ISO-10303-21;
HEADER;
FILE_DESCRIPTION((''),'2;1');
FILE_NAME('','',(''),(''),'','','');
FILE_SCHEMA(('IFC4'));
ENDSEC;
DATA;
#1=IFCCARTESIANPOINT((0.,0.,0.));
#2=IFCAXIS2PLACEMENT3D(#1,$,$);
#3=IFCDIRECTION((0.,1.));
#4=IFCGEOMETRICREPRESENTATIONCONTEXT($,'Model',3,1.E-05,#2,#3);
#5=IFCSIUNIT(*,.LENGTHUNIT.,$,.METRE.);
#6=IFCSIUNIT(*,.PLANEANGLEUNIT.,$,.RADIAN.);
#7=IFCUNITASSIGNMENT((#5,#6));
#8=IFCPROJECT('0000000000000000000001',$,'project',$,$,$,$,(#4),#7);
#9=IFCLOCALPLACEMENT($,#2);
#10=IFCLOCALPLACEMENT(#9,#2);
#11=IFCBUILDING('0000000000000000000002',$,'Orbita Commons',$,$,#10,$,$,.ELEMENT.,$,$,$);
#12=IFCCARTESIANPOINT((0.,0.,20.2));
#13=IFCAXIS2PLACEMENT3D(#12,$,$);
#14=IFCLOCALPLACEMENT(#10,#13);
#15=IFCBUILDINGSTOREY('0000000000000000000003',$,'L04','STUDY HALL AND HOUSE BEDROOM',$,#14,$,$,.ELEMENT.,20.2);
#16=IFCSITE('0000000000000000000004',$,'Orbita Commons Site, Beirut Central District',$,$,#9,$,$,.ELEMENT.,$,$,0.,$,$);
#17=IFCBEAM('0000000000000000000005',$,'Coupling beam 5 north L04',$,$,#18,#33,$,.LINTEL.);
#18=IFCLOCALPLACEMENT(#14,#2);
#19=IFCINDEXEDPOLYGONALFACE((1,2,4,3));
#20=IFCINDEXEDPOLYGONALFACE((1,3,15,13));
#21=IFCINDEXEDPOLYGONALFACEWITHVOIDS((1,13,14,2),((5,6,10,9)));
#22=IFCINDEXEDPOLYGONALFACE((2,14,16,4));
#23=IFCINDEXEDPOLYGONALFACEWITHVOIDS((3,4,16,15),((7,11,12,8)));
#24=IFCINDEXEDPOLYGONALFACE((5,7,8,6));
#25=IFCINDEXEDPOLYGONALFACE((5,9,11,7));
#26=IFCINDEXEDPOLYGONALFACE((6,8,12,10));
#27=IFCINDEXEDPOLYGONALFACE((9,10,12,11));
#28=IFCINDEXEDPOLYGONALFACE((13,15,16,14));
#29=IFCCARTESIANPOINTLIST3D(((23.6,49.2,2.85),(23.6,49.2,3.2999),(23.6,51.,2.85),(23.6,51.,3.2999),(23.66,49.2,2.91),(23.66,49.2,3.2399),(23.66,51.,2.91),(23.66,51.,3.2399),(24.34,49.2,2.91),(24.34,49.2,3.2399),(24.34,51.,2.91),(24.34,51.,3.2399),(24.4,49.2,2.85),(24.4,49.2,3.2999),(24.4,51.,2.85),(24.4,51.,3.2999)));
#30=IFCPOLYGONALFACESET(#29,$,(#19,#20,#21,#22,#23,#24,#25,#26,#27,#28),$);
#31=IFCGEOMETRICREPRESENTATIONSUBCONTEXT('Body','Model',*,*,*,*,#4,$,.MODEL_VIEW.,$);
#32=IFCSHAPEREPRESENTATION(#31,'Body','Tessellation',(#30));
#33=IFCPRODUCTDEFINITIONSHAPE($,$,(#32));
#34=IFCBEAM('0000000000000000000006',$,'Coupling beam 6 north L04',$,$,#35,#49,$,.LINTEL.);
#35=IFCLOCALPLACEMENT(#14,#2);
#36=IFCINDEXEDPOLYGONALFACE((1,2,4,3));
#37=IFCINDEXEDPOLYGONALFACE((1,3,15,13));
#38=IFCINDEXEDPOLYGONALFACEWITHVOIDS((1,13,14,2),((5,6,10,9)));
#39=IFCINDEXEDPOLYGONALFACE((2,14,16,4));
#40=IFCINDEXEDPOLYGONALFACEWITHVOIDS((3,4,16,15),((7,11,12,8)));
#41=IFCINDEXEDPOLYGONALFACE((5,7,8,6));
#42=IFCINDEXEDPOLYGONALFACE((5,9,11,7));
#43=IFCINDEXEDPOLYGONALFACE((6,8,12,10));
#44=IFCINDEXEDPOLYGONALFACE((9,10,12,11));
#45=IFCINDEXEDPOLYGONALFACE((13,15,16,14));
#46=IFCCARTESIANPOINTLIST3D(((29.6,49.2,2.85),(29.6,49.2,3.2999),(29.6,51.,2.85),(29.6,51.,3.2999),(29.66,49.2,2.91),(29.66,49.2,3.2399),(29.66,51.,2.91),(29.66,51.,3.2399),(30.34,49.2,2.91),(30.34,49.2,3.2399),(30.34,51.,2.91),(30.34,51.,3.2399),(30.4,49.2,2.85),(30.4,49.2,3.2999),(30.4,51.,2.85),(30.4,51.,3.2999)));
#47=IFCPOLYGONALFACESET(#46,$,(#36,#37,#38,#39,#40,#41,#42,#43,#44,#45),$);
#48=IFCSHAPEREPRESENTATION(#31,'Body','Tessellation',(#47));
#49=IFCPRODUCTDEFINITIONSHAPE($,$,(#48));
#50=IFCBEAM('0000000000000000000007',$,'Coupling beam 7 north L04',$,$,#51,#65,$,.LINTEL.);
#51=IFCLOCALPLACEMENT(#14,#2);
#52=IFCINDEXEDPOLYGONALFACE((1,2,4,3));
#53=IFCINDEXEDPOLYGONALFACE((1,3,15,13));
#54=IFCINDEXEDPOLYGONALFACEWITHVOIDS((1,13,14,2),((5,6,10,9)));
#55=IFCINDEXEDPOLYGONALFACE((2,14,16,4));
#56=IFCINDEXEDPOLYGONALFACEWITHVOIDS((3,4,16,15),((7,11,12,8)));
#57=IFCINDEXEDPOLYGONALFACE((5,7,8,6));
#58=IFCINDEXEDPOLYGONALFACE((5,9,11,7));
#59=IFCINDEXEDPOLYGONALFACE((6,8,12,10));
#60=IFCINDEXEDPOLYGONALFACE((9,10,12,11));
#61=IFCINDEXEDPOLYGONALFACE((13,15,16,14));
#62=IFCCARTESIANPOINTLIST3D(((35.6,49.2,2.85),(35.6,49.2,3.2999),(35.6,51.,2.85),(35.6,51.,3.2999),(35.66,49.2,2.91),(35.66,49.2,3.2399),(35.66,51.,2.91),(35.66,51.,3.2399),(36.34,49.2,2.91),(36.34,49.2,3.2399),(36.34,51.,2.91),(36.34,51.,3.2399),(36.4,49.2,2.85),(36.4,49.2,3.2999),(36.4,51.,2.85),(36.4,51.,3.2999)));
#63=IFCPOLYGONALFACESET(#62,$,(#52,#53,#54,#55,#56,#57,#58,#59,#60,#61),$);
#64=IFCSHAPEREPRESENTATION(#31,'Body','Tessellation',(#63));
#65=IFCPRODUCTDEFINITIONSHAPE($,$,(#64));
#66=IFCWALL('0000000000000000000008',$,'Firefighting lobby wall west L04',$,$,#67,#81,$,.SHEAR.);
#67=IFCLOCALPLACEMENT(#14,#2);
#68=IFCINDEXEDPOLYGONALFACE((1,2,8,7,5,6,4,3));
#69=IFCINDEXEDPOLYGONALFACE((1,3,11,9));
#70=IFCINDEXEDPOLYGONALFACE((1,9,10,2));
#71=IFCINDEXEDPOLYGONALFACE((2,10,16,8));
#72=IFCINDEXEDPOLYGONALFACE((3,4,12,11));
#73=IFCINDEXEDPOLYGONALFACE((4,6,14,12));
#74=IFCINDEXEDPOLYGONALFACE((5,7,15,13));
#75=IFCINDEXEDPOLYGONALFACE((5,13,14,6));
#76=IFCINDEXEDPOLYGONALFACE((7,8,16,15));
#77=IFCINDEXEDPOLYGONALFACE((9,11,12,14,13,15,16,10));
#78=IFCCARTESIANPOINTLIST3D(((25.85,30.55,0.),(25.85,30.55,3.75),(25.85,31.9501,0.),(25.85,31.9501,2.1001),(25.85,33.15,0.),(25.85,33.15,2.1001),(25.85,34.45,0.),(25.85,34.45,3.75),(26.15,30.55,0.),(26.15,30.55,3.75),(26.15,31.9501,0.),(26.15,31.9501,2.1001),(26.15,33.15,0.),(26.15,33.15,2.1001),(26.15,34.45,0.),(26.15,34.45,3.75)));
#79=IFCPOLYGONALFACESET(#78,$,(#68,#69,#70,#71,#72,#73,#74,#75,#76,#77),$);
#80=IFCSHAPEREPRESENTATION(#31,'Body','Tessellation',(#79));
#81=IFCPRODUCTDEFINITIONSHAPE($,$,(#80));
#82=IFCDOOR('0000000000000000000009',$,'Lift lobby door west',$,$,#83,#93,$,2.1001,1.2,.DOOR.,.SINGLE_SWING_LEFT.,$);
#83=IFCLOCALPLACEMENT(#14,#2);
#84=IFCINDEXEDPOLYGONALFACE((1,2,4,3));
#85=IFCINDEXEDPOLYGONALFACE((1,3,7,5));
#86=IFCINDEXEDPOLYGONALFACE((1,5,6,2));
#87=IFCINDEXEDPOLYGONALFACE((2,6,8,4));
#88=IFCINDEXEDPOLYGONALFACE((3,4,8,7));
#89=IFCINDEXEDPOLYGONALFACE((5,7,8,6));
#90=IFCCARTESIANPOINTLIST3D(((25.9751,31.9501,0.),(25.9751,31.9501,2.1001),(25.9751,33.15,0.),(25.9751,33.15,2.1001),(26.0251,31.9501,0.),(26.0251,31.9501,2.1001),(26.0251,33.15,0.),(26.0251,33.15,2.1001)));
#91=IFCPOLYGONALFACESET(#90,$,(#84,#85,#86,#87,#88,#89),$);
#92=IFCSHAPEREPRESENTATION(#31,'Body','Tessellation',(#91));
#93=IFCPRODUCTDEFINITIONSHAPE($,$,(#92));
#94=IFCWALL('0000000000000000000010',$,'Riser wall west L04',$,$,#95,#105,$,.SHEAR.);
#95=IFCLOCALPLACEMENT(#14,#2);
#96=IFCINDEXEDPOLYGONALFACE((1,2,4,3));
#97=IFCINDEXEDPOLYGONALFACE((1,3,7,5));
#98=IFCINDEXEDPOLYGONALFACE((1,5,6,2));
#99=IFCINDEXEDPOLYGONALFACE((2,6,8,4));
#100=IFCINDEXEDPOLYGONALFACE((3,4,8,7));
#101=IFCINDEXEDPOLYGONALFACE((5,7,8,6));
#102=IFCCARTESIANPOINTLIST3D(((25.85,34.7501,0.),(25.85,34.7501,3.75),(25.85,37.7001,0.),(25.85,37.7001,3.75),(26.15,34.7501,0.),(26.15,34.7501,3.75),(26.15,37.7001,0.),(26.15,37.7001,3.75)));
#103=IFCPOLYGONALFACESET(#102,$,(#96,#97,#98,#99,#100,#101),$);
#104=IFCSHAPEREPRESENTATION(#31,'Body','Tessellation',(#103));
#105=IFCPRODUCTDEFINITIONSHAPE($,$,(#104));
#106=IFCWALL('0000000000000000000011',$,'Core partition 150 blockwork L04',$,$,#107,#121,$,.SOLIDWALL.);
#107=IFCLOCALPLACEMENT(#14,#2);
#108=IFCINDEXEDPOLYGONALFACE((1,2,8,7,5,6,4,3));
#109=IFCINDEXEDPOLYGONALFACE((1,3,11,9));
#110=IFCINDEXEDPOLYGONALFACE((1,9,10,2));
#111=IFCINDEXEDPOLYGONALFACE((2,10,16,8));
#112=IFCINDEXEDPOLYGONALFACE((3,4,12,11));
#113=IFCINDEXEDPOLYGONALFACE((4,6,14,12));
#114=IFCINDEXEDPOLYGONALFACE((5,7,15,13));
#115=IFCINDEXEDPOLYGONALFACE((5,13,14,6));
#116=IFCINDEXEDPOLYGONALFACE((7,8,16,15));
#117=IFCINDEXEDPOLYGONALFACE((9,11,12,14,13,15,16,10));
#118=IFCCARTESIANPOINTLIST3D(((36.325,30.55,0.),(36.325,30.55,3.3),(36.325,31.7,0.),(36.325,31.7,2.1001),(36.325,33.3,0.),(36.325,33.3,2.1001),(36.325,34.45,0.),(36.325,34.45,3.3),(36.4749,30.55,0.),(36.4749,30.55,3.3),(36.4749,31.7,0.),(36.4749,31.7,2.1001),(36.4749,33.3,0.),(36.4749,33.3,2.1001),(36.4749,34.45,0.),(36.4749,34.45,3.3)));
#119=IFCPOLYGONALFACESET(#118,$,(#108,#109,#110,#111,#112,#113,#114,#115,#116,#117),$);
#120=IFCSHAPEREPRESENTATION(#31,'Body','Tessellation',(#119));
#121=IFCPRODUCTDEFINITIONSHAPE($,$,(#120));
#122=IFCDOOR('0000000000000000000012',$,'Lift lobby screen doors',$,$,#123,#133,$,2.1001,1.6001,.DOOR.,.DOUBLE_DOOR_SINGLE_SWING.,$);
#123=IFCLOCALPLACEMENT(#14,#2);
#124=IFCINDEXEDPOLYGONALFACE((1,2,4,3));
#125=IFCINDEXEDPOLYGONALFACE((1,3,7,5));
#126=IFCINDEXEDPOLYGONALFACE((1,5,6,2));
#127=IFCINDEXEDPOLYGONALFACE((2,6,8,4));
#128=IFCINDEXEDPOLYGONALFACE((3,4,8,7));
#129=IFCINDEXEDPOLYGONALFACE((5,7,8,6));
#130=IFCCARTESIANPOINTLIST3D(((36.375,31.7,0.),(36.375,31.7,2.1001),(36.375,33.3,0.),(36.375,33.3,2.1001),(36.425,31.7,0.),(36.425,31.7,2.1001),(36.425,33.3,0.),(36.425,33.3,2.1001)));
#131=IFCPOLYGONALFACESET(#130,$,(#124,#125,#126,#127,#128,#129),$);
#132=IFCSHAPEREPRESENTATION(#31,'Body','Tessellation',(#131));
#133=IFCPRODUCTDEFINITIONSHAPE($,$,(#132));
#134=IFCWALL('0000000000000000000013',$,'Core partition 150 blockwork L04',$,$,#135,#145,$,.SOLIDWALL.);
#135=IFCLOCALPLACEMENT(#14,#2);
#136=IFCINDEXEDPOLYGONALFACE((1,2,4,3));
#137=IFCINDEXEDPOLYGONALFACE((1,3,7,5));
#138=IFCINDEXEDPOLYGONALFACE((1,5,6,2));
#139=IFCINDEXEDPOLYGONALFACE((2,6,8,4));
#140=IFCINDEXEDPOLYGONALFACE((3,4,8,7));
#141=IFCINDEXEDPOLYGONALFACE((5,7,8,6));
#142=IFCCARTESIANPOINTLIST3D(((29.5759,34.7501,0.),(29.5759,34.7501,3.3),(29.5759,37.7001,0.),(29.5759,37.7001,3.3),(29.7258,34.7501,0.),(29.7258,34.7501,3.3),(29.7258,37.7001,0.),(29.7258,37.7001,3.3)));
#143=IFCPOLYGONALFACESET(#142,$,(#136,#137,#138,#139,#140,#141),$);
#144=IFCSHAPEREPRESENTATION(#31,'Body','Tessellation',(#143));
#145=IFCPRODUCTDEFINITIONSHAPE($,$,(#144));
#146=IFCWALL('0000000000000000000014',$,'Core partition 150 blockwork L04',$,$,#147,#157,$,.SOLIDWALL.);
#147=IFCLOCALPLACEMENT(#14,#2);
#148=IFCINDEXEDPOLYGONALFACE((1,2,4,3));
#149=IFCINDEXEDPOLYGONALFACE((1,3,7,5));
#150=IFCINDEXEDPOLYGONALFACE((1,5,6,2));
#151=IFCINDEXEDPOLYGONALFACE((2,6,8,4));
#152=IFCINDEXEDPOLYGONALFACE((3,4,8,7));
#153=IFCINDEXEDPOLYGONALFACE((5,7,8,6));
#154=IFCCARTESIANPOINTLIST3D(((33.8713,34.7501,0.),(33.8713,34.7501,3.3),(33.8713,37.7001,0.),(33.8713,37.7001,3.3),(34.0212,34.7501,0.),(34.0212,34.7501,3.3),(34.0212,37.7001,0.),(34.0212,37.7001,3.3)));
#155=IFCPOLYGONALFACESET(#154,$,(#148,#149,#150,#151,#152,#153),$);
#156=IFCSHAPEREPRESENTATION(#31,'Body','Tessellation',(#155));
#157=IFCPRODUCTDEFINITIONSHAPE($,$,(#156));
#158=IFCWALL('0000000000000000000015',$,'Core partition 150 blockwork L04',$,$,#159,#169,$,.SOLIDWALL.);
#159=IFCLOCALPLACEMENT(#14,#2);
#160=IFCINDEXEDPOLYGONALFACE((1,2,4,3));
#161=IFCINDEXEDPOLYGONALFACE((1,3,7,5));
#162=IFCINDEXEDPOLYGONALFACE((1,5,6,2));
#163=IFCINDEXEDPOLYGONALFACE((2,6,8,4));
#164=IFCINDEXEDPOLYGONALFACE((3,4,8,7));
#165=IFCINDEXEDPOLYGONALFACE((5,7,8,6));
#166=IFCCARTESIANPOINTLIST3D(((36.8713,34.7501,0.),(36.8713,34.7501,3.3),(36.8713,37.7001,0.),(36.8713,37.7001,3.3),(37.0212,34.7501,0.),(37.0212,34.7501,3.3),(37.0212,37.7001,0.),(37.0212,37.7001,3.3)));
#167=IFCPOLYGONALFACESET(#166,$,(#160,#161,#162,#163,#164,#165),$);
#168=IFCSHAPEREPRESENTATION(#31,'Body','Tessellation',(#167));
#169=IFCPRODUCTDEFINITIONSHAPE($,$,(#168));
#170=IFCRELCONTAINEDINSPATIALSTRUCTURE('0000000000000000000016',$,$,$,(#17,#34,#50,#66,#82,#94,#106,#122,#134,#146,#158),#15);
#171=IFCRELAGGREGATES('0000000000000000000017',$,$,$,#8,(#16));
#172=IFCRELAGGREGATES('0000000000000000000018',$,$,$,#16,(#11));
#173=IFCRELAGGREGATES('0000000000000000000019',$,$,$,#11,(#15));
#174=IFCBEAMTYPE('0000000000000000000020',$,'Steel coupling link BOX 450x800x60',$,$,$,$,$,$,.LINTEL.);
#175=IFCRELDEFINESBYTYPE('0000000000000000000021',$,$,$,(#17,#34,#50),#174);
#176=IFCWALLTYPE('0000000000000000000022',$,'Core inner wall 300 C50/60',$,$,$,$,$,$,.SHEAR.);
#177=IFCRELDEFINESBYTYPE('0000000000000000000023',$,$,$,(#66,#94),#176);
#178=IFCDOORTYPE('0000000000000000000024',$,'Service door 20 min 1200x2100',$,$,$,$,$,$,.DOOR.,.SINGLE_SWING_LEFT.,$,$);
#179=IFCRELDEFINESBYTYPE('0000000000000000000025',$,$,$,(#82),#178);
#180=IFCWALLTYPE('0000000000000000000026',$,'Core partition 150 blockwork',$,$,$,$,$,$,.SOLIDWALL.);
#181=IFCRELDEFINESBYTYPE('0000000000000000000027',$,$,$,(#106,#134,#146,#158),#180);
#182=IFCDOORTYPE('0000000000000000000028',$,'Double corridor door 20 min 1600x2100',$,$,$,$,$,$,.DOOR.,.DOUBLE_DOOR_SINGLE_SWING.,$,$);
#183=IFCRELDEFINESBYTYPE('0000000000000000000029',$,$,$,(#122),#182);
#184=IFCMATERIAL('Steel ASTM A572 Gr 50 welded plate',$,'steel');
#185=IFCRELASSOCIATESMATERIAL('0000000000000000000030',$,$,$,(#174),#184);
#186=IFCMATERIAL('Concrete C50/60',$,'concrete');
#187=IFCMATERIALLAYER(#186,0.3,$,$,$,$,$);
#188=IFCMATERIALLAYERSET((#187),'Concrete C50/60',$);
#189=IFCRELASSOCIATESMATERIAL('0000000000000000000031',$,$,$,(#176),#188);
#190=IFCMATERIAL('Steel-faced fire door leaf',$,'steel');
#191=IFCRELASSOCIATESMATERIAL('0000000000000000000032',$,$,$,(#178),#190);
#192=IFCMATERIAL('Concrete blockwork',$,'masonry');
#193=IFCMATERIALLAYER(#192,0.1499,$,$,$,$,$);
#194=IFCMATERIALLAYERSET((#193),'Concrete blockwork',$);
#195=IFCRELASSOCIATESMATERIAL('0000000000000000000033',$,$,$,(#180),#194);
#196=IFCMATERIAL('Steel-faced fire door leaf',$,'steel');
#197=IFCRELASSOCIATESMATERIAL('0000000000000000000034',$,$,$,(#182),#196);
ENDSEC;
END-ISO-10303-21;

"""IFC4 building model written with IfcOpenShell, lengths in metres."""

from ifc_helpers import new_model, si_unit, direction, frame, frame_2d, origin, origin_2d, place, context, subcontext, project, spatial, rectangle, hollow_rectangle, extrude, material, layer, layer_set, material_profile, profile_set, type_object, element, fill, save


model = new_model("IFC4")

# Units and contexts
model_context = context("Model", 3, precision=1e-05, world=origin(), true_north=direction((0.0, 1.0)))
body_context = subcontext(model_context, "Body", "Model", "MODEL_VIEW")
ifc_project = project(units=[si_unit("LENGTHUNIT", "METRE"), si_unit("PLANEANGLEUNIT", "RADIAN")], contexts=[model_context])

# Site, building, storey
site_placement = place(None, origin())
site = spatial("IfcSite", under=ifc_project, at=site_placement, Name="Orbita Commons Site, Beirut Central District", CompositionType="ELEMENT", RefElevation=0.0)
building_placement = place(site_placement, origin())
building = spatial("IfcBuilding", under=site, at=building_placement, Name="Orbita Commons", CompositionType="ELEMENT")
storey_placement = place(building_placement, frame((0.0, 0.0, 20.2)))
storey = spatial("IfcBuildingStorey", under=building, at=storey_placement, Name="L04", Description="STUDY HALL AND HOUSE BEDROOM", CompositionType="ELEMENT", Elevation=20.2)

# Beams
ifc_material_1 = material(Name="Steel ASTM A572 Gr 50 welded plate", Category="steel")
ifc_material_profile = material_profile(ifc_material_1, hollow_rectangle(XDim=0.8, YDim=0.45, WallThickness=0.0601, at=origin_2d()), Name="BOX 450x800x60")
ifc_profile_set = profile_set([ifc_material_profile], Name="Steel ASTM A572 Gr 50 welded plate")
beam_type = type_object("IfcBeamType", Name="Steel coupling link BOX 450x800x60", PredefinedType="LINTEL", material=ifc_profile_set)
for number, where, z_axis, x_axis, name in (
    (1, (24.0, 49.2, 3.075), (0.0, 1.0, 0.0), (-1.0, 0.0, 0.0), "Coupling beam 5 north L04"),
    (2, (30.0, 49.2, 3.075), (0.0, 1.0, 0.0), (-1.0, 0.0, 0.0), "Coupling beam 6 north L04"),
    (3, (36.0, 49.2, 3.075), (0.0, 1.0, 0.0), (-1.0, 0.0, 0.0), "Coupling beam 7 north L04"),
):
    element("IfcBeam", number, at=place(storey_placement, frame(where, z_axis=z_axis, x_axis=x_axis)), inside=storey, type_object=beam_type, Name=name, PredefinedType="LINTEL", context=body_context, shape_type="SweptSolid", body=[
        extrude(hollow_rectangle(XDim=0.8, YDim=0.45, WallThickness=0.0601, at=origin_2d()), origin(), (0.0, 0.0, 1.0), 1.8),
    ])

# Wall, opening, door
ifc_material_2 = material(Name="Concrete C50/60", Category="concrete")
ifc_layer_1 = layer(ifc_material_2, 0.3)
ifc_layer_set_1 = layer_set([ifc_layer_1], Name="Concrete C50/60")
wall_type_1 = type_object("IfcWallType", Name="Core inner wall 300 C50/60", PredefinedType="SHEAR", material=ifc_layer_set_1)
wall_1_placement = place(storey_placement, frame((26.0, 30.55, 0.0), z_axis=(0.0, 0.0, 1.0), x_axis=(0.0, 1.0, 0.0)))
wall_1 = element("IfcWall", 4, at=wall_1_placement, inside=storey, type_object=wall_type_1, Name="Firefighting lobby wall west L04", PredefinedType="SHEAR", context=body_context, shape_type="SweptSolid", body=[
    extrude(rectangle(XDim=3.8999, YDim=0.3, at=frame_2d((1.95, 0.0))), origin(), (0.0, 0.0, 1.0), 3.75),
])
opening_1_placement = place(wall_1_placement, frame((1.3999, 0.0, 0.0)))
opening_1 = element("IfcOpeningElement", 5, at=opening_1_placement, cuts=wall_1, PredefinedType="OPENING", context=body_context, shape_type="SweptSolid", body=[
    extrude(rectangle(XDim=1.2, YDim=2.1001, at=frame_2d((0.6001, 1.05))), frame((0.0, 0.1599, 0.0), z_axis=(0.0, -1.0, 0.0), x_axis=(1.0, 0.0, 0.0)), (0.0, 0.0, 1.0), 0.3201),
])
ifc_material_3 = material(Name="Steel-faced fire door leaf", Category="steel")
door_type_1 = type_object("IfcDoorType", Name="Service door 20 min 1200x2100", OperationType="SINGLE_SWING_LEFT", PredefinedType="DOOR", material=ifc_material_3)
door_1_placement = place(opening_1_placement, origin())
door_1 = element("IfcDoor", 6, at=door_1_placement, inside=storey, type_object=door_type_1, Name="Lift lobby door west", OperationType="SINGLE_SWING_LEFT", OverallHeight=2.1001, OverallWidth=1.2, PredefinedType="DOOR", context=body_context, shape_type="SweptSolid", body=[
    extrude(rectangle(XDim=1.2, YDim=2.1001, at=frame_2d((0.6001, 1.05))), frame((0.0, 0.0249, 0.0), z_axis=(0.0, -1.0, 0.0), x_axis=(1.0, 0.0, 0.0)), (0.0, 0.0, 1.0), 0.05),
])
fill(opening_1, door_1)

# Wall
wall_2_placement = place(storey_placement, frame((26.0, 34.75, 0.0), z_axis=(0.0, 0.0, 1.0), x_axis=(0.0, 1.0, 0.0)))
element("IfcWall", 7, at=wall_2_placement, inside=storey, type_object=wall_type_1, Name="Riser wall west L04", PredefinedType="SHEAR", context=body_context, shape_type="SweptSolid", body=[
    extrude(rectangle(XDim=2.95, YDim=0.3, at=frame_2d((1.4751, 0.0))), origin(), (0.0, 0.0, 1.0), 3.75),
])

# Wall, opening, door
ifc_material_4 = material(Name="Concrete blockwork", Category="masonry")
ifc_layer_2 = layer(ifc_material_4, 0.1499)
ifc_layer_set_2 = layer_set([ifc_layer_2], Name="Concrete blockwork")
wall_type_2 = type_object("IfcWallType", Name="Core partition 150 blockwork", PredefinedType="SOLIDWALL", material=ifc_layer_set_2)
wall_3_placement = place(storey_placement, frame((36.3999, 30.55, 0.0), z_axis=(0.0, 0.0, 1.0), x_axis=(0.0, 1.0, 0.0)))
wall_3 = element("IfcWall", 8, at=wall_3_placement, inside=storey, type_object=wall_type_2, Name="Core partition 150 blockwork L04", PredefinedType="SOLIDWALL", context=body_context, shape_type="SweptSolid", body=[
    extrude(rectangle(XDim=3.8999, YDim=0.1499, at=frame_2d((1.95, 0.0))), origin(), (0.0, 0.0, 1.0), 3.3),
])
opening_2_placement = place(wall_3_placement, frame((1.1499, 0.0, 0.0)))
opening_2 = element("IfcOpeningElement", 9, at=opening_2_placement, cuts=wall_3, PredefinedType="OPENING", context=body_context, shape_type="SweptSolid", body=[
    extrude(rectangle(XDim=1.6001, YDim=2.1001, at=frame_2d((0.8, 1.05))), frame((0.0, 0.085, 0.0), z_axis=(0.0, -1.0, 0.0), x_axis=(1.0, 0.0, 0.0)), (0.0, 0.0, 1.0), 0.1699),
])
ifc_material_5 = material(Name="Steel-faced fire door leaf", Category="steel")
door_type_2 = type_object("IfcDoorType", Name="Double corridor door 20 min 1600x2100", OperationType="DOUBLE_DOOR_SINGLE_SWING", PredefinedType="DOOR", material=ifc_material_5)
door_2_placement = place(opening_2_placement, origin())
door_2 = element("IfcDoor", 10, at=door_2_placement, inside=storey, type_object=door_type_2, Name="Lift lobby screen doors", OperationType="DOUBLE_DOOR_SINGLE_SWING", OverallHeight=2.1001, OverallWidth=1.6001, PredefinedType="DOOR", context=body_context, shape_type="SweptSolid", body=[
    extrude(rectangle(XDim=1.6001, YDim=2.1001, at=frame_2d((0.8, 1.05))), frame((0.0, 0.0249, 0.0), z_axis=(0.0, -1.0, 0.0), x_axis=(1.0, 0.0, 0.0)), (0.0, 0.0, 1.0), 0.05),
])
fill(opening_2, door_2)

# Walls
for number, where, z_axis, x_axis, name in (
    (11, (29.6509, 34.75, 0.0), (0.0, 0.0, 1.0), (0.0, 1.0, 0.0), "Core partition 150 blockwork L04"),
    (12, (33.9463, 34.75, 0.0), (0.0, 0.0, 1.0), (0.0, 1.0, 0.0), "Core partition 150 blockwork L04"),
    (13, (36.9463, 34.75, 0.0), (0.0, 0.0, 1.0), (0.0, 1.0, 0.0), "Core partition 150 blockwork L04"),
):
    element("IfcWall", number, at=place(storey_placement, frame(where, z_axis=z_axis, x_axis=x_axis)), inside=storey, type_object=wall_type_2, Name=name, PredefinedType="SOLIDWALL", context=body_context, shape_type="SweptSolid", body=[
        extrude(rectangle(XDim=2.95, YDim=0.1499, at=frame_2d((1.4751, 0.0))), origin(), (0.0, 0.0, 1.0), 3.3),
    ])

save(model, "model.ifc")
